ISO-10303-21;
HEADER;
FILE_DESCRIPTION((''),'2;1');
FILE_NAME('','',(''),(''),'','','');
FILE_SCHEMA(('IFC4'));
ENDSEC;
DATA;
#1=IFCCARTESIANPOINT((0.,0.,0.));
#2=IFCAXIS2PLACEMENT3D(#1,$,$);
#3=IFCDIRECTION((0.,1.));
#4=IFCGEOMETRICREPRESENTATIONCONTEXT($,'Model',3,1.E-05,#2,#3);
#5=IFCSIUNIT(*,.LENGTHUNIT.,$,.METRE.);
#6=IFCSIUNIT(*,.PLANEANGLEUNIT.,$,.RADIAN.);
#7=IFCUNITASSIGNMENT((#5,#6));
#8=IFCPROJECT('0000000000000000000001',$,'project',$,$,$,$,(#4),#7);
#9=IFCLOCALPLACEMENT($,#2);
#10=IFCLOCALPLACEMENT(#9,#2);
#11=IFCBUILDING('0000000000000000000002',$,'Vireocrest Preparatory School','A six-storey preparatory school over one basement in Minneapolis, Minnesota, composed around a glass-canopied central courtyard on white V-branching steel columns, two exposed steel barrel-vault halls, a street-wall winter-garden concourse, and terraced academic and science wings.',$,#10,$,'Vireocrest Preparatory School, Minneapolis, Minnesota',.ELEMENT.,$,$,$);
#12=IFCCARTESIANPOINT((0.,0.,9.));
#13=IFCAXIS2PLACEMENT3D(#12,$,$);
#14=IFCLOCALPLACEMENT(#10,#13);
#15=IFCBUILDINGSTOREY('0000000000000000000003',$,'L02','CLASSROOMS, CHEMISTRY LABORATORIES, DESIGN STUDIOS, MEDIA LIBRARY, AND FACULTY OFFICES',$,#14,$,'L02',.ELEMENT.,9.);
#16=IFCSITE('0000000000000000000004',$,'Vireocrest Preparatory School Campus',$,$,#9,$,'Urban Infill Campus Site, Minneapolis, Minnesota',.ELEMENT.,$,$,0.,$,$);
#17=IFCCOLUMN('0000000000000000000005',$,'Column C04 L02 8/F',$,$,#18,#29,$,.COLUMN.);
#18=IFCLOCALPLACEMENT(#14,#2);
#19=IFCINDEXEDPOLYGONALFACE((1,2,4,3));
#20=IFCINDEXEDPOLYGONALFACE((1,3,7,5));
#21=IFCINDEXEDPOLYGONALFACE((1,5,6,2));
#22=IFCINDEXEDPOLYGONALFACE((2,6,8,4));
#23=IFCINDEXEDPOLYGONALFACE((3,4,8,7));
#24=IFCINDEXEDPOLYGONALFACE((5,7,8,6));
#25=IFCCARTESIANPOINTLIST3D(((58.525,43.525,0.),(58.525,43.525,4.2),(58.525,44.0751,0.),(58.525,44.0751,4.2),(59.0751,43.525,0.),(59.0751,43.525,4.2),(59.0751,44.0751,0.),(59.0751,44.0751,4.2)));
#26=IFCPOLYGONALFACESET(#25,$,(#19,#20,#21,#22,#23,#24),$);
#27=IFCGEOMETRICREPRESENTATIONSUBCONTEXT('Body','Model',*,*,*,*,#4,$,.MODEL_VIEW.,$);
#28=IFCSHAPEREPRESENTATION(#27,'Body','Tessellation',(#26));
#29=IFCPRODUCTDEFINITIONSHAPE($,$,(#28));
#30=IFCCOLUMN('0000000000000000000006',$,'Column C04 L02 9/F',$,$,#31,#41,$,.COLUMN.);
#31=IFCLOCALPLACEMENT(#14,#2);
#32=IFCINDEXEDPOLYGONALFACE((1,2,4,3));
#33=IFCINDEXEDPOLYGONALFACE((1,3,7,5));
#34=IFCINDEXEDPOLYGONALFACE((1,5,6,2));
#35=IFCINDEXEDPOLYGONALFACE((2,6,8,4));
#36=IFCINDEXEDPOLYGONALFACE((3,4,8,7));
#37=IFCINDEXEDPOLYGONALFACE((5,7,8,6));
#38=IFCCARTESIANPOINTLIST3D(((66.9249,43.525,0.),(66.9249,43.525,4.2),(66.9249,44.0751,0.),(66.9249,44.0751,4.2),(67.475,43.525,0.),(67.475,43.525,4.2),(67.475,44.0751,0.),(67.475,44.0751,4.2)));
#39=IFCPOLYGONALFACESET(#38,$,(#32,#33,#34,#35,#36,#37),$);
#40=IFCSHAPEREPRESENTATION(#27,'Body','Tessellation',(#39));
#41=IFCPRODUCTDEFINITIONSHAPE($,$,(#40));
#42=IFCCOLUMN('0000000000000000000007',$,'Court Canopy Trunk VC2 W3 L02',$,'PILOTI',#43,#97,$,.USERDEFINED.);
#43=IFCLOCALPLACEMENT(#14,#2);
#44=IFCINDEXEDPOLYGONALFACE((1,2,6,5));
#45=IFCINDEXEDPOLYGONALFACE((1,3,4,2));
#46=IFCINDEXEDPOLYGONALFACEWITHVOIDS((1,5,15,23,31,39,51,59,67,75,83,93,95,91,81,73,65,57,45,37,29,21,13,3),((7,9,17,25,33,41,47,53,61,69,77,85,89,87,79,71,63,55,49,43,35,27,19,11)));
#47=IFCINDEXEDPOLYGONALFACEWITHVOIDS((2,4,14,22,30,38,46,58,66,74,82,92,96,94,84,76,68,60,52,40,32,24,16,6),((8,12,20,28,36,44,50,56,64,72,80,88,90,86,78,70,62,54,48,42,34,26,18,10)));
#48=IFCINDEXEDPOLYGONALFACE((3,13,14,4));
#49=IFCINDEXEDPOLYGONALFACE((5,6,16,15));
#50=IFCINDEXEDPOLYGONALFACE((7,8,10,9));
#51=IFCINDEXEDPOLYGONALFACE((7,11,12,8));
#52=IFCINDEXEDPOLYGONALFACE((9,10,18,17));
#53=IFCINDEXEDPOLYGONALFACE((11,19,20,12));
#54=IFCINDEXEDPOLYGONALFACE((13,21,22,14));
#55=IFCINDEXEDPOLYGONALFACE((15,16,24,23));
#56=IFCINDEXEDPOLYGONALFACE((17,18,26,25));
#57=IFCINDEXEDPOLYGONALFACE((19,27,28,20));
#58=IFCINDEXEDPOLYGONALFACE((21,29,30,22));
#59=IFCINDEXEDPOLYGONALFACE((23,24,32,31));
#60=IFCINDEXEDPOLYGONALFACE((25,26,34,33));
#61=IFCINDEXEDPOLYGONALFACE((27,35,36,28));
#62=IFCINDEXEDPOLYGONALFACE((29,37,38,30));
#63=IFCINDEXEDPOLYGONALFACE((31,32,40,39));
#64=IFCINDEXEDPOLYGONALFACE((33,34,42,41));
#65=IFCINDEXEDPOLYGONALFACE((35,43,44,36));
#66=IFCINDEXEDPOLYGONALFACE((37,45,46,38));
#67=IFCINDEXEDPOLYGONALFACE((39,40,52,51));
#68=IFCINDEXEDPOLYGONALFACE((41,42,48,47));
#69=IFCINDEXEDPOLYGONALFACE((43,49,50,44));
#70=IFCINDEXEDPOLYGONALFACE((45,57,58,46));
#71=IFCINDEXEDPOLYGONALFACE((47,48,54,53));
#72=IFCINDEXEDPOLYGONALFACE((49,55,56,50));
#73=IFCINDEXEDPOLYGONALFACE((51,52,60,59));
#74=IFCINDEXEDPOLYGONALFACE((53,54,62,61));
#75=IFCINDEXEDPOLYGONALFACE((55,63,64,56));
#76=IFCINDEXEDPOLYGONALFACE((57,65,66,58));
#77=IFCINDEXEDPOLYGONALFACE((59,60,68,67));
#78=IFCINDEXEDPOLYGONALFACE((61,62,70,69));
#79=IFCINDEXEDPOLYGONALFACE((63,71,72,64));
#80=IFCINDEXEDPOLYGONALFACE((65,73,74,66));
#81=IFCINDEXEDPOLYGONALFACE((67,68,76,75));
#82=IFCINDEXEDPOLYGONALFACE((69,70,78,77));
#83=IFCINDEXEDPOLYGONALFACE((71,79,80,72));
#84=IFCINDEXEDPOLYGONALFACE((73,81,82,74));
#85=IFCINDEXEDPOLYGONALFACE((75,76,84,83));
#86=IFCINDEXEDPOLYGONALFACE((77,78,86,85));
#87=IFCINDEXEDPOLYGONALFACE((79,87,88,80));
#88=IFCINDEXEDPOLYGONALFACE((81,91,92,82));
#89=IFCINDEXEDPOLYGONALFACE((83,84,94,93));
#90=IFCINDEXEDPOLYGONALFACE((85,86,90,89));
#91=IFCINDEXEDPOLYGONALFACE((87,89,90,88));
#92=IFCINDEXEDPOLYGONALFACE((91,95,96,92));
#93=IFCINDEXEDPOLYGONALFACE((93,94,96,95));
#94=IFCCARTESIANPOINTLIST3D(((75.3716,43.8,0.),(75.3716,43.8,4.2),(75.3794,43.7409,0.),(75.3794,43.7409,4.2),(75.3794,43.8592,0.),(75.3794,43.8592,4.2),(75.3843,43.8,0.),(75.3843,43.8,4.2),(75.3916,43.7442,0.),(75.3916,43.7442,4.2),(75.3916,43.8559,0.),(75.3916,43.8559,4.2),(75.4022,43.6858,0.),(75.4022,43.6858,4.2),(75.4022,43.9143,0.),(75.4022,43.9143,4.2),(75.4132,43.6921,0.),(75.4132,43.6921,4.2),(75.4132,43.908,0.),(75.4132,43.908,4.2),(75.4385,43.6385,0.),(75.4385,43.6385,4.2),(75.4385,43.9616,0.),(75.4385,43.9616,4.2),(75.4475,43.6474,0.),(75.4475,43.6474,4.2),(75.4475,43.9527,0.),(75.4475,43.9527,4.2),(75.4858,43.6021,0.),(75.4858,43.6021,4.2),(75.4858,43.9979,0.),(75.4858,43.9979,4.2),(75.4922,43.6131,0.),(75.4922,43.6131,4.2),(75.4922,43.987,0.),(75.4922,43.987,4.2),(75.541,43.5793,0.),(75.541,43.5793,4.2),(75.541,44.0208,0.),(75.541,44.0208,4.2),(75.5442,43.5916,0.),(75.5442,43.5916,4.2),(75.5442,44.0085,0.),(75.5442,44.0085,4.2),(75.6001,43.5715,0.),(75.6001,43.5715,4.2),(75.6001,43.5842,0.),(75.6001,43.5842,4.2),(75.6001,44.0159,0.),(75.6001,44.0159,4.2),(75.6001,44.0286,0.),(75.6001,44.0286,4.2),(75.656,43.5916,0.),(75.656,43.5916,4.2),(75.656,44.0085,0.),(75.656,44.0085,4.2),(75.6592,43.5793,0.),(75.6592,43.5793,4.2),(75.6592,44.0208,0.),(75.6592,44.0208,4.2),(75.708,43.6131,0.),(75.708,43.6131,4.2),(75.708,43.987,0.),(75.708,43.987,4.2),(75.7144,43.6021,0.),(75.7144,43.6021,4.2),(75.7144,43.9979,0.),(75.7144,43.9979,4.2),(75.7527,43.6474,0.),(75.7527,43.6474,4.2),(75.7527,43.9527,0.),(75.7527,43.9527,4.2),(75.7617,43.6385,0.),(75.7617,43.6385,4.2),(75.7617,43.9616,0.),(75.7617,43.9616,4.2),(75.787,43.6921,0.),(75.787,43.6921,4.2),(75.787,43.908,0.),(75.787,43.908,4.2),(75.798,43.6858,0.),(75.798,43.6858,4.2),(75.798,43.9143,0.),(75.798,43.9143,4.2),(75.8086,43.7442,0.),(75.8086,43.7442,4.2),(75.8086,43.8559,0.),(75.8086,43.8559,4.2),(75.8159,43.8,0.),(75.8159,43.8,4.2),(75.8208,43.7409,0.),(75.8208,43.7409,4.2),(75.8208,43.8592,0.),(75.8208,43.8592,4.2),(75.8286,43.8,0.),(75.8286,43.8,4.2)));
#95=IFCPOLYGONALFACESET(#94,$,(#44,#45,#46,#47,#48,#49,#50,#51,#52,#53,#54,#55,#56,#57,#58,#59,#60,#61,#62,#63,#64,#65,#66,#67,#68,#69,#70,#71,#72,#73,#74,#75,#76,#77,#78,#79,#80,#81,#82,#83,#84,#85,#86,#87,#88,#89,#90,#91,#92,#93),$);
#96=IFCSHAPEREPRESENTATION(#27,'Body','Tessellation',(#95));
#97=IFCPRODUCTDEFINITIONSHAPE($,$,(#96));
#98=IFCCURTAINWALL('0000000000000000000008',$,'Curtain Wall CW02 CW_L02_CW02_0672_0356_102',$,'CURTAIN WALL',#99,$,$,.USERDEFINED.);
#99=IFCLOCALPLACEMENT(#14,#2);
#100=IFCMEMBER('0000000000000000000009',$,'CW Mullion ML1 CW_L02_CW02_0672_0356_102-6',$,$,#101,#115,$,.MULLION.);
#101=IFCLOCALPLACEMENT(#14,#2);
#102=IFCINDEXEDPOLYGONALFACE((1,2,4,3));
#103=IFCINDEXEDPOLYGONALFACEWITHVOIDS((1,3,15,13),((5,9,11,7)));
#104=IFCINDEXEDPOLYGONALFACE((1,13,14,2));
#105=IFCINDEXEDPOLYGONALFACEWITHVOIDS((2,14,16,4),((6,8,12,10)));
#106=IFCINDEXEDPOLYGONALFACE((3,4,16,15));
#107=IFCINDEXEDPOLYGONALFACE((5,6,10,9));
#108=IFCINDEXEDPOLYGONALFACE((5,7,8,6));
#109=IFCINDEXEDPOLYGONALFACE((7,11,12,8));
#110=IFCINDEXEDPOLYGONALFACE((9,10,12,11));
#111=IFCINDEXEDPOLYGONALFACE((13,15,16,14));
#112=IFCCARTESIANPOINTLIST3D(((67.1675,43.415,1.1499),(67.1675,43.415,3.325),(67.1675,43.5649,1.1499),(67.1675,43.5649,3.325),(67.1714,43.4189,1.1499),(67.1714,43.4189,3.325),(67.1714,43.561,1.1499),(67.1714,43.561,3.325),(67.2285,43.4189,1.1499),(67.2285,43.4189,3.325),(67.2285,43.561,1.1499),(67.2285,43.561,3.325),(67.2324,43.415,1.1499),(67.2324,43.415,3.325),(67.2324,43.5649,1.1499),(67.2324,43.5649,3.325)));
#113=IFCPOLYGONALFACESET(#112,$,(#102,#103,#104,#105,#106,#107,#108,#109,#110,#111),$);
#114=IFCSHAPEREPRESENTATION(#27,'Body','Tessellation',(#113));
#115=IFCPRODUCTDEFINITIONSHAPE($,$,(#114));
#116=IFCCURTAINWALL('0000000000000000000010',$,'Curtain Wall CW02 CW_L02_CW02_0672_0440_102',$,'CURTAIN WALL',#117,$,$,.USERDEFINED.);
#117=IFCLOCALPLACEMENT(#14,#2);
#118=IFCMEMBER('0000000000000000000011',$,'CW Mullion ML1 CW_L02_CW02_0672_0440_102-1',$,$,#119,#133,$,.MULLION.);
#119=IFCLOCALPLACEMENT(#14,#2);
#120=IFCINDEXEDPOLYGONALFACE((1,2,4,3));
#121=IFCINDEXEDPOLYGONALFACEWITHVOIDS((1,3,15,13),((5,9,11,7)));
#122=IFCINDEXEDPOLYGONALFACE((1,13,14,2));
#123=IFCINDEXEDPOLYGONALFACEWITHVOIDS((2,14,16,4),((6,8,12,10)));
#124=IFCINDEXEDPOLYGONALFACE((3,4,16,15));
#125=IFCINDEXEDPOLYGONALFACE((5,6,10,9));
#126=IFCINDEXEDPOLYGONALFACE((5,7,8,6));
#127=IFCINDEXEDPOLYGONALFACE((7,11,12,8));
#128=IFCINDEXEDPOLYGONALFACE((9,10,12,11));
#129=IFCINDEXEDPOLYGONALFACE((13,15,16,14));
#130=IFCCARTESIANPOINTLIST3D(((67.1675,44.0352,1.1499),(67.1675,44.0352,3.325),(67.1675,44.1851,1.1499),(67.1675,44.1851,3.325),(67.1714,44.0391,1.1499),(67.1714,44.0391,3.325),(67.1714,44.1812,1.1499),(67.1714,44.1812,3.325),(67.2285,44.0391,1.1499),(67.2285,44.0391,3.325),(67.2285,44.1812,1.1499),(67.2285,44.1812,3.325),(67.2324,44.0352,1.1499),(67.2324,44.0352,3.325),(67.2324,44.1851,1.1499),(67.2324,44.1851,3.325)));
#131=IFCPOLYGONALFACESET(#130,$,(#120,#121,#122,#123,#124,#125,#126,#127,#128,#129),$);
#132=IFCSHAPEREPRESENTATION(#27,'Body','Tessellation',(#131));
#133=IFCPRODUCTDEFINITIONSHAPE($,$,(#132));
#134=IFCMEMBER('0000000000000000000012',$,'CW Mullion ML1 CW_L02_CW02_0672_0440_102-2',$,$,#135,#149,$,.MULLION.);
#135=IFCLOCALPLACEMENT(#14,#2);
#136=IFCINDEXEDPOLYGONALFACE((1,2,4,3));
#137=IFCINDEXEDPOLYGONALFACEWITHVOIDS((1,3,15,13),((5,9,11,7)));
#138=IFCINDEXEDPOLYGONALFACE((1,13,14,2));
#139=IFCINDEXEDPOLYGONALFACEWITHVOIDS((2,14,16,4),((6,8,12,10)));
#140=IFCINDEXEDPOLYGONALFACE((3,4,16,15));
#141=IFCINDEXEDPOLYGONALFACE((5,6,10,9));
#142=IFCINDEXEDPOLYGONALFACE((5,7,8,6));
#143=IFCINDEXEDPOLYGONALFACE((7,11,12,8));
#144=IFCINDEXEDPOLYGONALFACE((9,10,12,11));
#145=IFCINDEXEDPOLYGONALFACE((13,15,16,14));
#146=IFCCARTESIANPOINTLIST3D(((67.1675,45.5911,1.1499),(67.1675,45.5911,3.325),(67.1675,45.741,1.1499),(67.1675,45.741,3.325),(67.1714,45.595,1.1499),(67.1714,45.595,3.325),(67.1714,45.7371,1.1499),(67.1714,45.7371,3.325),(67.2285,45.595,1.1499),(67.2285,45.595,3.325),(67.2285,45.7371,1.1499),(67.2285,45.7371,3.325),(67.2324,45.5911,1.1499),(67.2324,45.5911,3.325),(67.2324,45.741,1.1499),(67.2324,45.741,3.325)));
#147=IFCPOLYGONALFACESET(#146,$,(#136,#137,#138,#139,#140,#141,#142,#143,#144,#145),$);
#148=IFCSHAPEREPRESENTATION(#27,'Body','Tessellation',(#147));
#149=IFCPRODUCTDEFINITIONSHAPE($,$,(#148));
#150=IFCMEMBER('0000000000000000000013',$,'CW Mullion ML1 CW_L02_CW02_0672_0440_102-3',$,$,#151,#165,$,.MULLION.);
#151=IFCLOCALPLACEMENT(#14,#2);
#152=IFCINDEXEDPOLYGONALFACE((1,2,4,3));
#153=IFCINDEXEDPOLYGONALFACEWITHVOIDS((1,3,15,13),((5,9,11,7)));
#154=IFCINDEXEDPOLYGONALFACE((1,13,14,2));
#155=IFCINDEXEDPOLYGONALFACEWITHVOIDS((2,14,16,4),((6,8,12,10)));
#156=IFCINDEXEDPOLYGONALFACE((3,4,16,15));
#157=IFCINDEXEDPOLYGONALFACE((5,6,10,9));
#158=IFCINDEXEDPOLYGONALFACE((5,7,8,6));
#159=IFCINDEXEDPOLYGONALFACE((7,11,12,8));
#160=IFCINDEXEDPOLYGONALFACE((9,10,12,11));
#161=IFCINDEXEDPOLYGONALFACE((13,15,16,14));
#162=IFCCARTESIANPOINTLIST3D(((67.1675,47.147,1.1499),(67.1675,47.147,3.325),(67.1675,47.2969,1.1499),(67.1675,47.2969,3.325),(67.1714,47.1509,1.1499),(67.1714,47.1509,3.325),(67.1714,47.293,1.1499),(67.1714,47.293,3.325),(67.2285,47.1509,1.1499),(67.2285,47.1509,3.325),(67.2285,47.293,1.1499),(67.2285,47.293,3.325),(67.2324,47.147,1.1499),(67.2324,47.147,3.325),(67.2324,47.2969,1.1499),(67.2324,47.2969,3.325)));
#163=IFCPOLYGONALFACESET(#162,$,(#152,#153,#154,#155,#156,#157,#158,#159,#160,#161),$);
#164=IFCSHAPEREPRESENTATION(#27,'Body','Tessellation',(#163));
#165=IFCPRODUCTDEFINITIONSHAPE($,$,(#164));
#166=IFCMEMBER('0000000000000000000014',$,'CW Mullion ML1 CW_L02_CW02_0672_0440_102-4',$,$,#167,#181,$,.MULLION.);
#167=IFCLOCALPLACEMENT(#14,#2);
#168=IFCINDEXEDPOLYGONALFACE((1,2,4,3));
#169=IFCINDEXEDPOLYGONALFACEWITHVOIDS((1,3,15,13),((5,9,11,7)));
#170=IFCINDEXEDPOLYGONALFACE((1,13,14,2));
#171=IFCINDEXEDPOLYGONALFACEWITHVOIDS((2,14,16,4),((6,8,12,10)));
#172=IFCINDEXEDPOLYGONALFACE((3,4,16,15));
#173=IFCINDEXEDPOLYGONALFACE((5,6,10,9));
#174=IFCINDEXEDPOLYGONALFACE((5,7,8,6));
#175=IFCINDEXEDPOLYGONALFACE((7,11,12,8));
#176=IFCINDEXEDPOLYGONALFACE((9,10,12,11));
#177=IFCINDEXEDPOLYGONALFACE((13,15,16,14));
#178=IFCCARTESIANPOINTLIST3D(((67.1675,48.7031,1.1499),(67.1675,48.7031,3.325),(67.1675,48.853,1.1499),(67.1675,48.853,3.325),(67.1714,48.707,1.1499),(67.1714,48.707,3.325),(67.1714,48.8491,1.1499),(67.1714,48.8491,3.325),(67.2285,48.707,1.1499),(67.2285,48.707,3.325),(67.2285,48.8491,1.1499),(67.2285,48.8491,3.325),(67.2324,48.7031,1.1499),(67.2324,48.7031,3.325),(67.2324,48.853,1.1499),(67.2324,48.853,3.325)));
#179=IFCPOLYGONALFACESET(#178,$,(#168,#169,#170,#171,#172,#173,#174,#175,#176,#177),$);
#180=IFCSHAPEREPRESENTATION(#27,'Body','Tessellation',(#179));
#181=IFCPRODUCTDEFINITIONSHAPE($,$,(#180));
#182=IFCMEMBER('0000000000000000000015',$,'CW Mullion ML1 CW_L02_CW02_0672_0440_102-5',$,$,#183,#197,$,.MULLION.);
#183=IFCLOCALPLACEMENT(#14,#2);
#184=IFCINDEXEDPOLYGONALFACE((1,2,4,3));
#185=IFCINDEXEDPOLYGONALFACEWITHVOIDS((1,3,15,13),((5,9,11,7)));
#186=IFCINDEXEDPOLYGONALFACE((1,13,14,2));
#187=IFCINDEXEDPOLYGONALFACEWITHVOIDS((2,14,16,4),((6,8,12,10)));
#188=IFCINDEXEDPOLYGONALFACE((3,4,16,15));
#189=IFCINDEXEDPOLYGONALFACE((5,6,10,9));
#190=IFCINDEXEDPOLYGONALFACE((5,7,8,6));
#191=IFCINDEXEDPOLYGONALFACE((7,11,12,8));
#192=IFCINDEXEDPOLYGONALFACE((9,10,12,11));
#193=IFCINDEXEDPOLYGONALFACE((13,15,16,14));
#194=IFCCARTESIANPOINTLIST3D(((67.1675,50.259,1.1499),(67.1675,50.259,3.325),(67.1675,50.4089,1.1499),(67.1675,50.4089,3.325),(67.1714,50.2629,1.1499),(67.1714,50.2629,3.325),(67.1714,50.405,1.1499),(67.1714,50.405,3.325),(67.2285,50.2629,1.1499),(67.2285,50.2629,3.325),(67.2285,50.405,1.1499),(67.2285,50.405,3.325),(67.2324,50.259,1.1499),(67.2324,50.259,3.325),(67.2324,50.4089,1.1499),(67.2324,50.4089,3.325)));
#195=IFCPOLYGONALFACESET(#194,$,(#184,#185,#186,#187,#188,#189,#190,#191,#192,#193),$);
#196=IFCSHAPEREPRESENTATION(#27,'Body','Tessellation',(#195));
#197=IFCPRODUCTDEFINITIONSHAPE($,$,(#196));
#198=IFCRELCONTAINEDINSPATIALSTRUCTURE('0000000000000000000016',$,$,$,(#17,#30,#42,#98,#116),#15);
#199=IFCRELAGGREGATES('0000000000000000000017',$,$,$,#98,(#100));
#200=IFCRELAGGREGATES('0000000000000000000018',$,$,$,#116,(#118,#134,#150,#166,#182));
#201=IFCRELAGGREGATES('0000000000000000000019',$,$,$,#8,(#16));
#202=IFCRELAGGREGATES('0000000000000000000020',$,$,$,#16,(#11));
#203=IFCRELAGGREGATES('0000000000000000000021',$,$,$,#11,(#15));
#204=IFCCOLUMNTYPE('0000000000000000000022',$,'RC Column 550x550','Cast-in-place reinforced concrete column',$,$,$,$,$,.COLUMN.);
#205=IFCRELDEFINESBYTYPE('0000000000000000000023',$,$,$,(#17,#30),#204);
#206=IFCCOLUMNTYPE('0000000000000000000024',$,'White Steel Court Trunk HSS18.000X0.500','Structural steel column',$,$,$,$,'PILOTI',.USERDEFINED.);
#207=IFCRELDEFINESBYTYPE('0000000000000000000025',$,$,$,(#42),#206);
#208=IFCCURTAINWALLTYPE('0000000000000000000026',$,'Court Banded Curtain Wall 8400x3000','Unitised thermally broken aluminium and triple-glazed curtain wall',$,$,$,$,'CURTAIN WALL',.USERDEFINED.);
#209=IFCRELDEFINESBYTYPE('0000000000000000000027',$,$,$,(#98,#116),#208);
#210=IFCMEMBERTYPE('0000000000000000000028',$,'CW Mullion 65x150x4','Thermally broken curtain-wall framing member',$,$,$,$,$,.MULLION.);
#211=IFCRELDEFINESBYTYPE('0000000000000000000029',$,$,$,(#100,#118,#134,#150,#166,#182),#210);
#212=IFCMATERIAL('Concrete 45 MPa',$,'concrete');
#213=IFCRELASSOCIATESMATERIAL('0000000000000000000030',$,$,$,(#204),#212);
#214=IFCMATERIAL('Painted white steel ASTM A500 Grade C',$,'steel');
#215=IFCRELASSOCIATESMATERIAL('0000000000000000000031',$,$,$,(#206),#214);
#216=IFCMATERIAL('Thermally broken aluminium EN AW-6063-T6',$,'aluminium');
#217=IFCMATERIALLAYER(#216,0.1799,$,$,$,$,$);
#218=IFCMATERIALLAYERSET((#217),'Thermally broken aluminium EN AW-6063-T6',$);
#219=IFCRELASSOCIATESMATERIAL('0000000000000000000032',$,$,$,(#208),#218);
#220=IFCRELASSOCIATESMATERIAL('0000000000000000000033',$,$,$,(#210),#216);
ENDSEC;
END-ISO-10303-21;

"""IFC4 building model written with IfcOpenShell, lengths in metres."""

from ifc_helpers import new_model, si_unit, direction, frame, origin, origin_2d, place, context, subcontext, project, spatial, rectangle, hollow_rectangle, hollow_circle, extrude, material, layer, layer_set, material_profile, profile_set, type_object, element, aggregate, save


model = new_model("IFC4")

# Units and contexts
model_context = context("Model", 3, precision=1e-05, world=origin(), true_north=direction((0.0, 1.0)))
body_context = subcontext(model_context, "Body", "Model", "MODEL_VIEW")
ifc_project = project(units=[si_unit("LENGTHUNIT", "METRE"), si_unit("PLANEANGLEUNIT", "RADIAN")], contexts=[model_context])

# Site, building, storey
site_placement = place(None, origin())
site = spatial("IfcSite", under=ifc_project, at=site_placement, Name="Vireocrest Preparatory School Campus", LongName="Urban Infill Campus Site, Minneapolis, Minnesota", CompositionType="ELEMENT", RefElevation=0.0)
building_placement = place(site_placement, origin())
building = spatial("IfcBuilding", under=site, at=building_placement, Name="Vireocrest Preparatory School", Description="A six-storey preparatory school over one basement in Minneapolis, Minnesota, composed around a glass-canopied central courtyard on white V-branching steel columns, two exposed steel barrel-vault halls, a street-wall winter-garden concourse, and terraced academic and science wings.", LongName="Vireocrest Preparatory School, Minneapolis, Minnesota", CompositionType="ELEMENT")
storey_placement = place(building_placement, frame((0.0, 0.0, 9.0)))
storey = spatial("IfcBuildingStorey", under=building, at=storey_placement, Name="L02", Description="CLASSROOMS, CHEMISTRY LABORATORIES, DESIGN STUDIOS, MEDIA LIBRARY, AND FACULTY OFFICES", LongName="L02", CompositionType="ELEMENT", Elevation=9.0)

# Columns
ifc_material_1 = material(Name="Concrete 45 MPa", Category="concrete")
ifc_material_profile_1 = material_profile(ifc_material_1, rectangle(XDim=0.55, YDim=0.55, at=origin_2d()), Name="RC 550x550")
ifc_profile_set_1 = profile_set([ifc_material_profile_1], Name="Concrete 45 MPa")
column_type_1 = type_object("IfcColumnType", Name="RC Column 550x550", Description="Cast-in-place reinforced concrete column", PredefinedType="COLUMN", material=ifc_profile_set_1)
for number, where, z_axis, x_axis, name in (
    (1, (58.8, 43.8, 0.0), (0.0, 0.0, 1.0), (1.0, 0.0, 0.0), "Column C04 L02 8/F"),
    (2, (67.2, 43.8, 0.0), (0.0, 0.0, 1.0), (1.0, 0.0, 0.0), "Column C04 L02 9/F"),
):
    element("IfcColumn", number, at=place(storey_placement, frame(where, z_axis=z_axis, x_axis=x_axis)), inside=storey, type_object=column_type_1, Name=name, PredefinedType="COLUMN", context=body_context, shape_type="SweptSolid", body=[
        extrude(rectangle(XDim=0.55, YDim=0.55, at=origin_2d()), origin(), (0.0, 0.0, 1.0), 4.2),
    ])
ifc_material_2 = material(Name="Painted white steel ASTM A500 Grade C", Category="steel")
ifc_material_profile_2 = material_profile(ifc_material_2, hollow_circle(Radius=0.2285, WallThickness=0.0127, at=origin_2d()), Name="HSS18.000X0.500")
ifc_profile_set_2 = profile_set([ifc_material_profile_2], Name="Painted white steel ASTM A500 Grade C")
column_type_2 = type_object("IfcColumnType", Name="White Steel Court Trunk HSS18.000X0.500", Description="Structural steel column", ElementType="PILOTI", PredefinedType="USERDEFINED", material=ifc_profile_set_2)
column_placement = place(storey_placement, frame((75.6001, 43.8, 0.0), z_axis=(0.0, 0.0, 1.0), x_axis=(1.0, 0.0, 0.0)))
element("IfcColumn", 3, at=column_placement, inside=storey, type_object=column_type_2, Name="Court Canopy Trunk VC2 W3 L02", ObjectType="PILOTI", PredefinedType="USERDEFINED", context=body_context, shape_type="SweptSolid", body=[
    extrude(hollow_circle(Radius=0.2285, WallThickness=0.0127, at=origin_2d()), origin(), (0.0, 0.0, 1.0), 4.2),
])

# Curtain wall, member
ifc_material_3 = material(Name="Thermally broken aluminium EN AW-6063-T6", Category="aluminium")
ifc_layer_1 = layer(ifc_material_3, 0.1799)
ifc_layer_set_1 = layer_set([ifc_layer_1], Name="Thermally broken aluminium EN AW-6063-T6")
curtain_wall_type = type_object("IfcCurtainWallType", Name="Court Banded Curtain Wall 8400x3000", Description="Unitised thermally broken aluminium and triple-glazed curtain wall", ElementType="CURTAIN WALL", PredefinedType="USERDEFINED", material=ifc_layer_set_1)
curtain_wall_1_placement = place(storey_placement, origin())
curtain_wall_1 = element("IfcCurtainWall", 4, at=curtain_wall_1_placement, inside=storey, type_object=curtain_wall_type, Name="Curtain Wall CW02 CW_L02_CW02_0672_0356_102", ObjectType="CURTAIN WALL", PredefinedType="USERDEFINED")
ifc_material_profile_3 = material_profile(ifc_material_3, hollow_rectangle(XDim=0.0649, YDim=0.1499, WallThickness=0.0039, at=origin_2d()), Name="ALU 65x150x4")
ifc_profile_set_3 = profile_set([ifc_material_profile_3], Name="Thermally broken aluminium EN AW-6063-T6")
member_type_1 = type_object("IfcMemberType", Name="CW Mullion 65x150x4", Description="Thermally broken curtain-wall framing member", PredefinedType="MULLION", material=ifc_profile_set_3)
member_1_placement = place(storey_placement, frame((67.2, 43.49, 1.1499), z_axis=(0.0, 0.0, 1.0), x_axis=(1.0, 0.0, 0.0)))
member_1 = element("IfcMember", 5, at=member_1_placement, type_object=member_type_1, Name="CW Mullion ML1 CW_L02_CW02_0672_0356_102-6", PredefinedType="MULLION", context=body_context, shape_type="SweptSolid", body=[
    extrude(hollow_rectangle(XDim=0.0649, YDim=0.1499, WallThickness=0.0039, at=origin_2d()), origin(), (0.0, 0.0, 1.0), 2.175),
])

# Curtain wall, members
curtain_wall_2_placement = place(storey_placement, origin())
curtain_wall_2 = element("IfcCurtainWall", 6, at=curtain_wall_2_placement, inside=storey, type_object=curtain_wall_type, Name="Curtain Wall CW02 CW_L02_CW02_0672_0440_102", ObjectType="CURTAIN WALL", PredefinedType="USERDEFINED")
member_2_placement = place(storey_placement, frame((67.2, 44.1101, 1.1499), z_axis=(0.0, 0.0, 1.0), x_axis=(1.0, 0.0, 0.0)))
member_2 = element("IfcMember", 7, at=member_2_placement, type_object=member_type_1, Name="CW Mullion ML1 CW_L02_CW02_0672_0440_102-1", PredefinedType="MULLION", context=body_context, shape_type="SweptSolid", body=[
    extrude(hollow_rectangle(XDim=0.0649, YDim=0.1499, WallThickness=0.0039, at=origin_2d()), origin(), (0.0, 0.0, 1.0), 2.175),
])
member_3_placement = place(storey_placement, frame((67.2, 45.666, 1.1499), z_axis=(0.0, 0.0, 1.0), x_axis=(1.0, 0.0, 0.0)))
member_3 = element("IfcMember", 8, at=member_3_placement, type_object=member_type_1, Name="CW Mullion ML1 CW_L02_CW02_0672_0440_102-2", PredefinedType="MULLION", context=body_context, shape_type="SweptSolid", body=[
    extrude(hollow_rectangle(XDim=0.0649, YDim=0.1499, WallThickness=0.0039, at=origin_2d()), origin(), (0.0, 0.0, 1.0), 2.175),
])
member_4_placement = place(storey_placement, frame((67.2, 47.2219, 1.1499), z_axis=(0.0, 0.0, 1.0), x_axis=(1.0, 0.0, 0.0)))
member_4 = element("IfcMember", 9, at=member_4_placement, type_object=member_type_1, Name="CW Mullion ML1 CW_L02_CW02_0672_0440_102-3", PredefinedType="MULLION", context=body_context, shape_type="SweptSolid", body=[
    extrude(hollow_rectangle(XDim=0.0649, YDim=0.1499, WallThickness=0.0039, at=origin_2d()), origin(), (0.0, 0.0, 1.0), 2.175),
])
member_5_placement = place(storey_placement, frame((67.2, 48.7781, 1.1499), z_axis=(0.0, 0.0, 1.0), x_axis=(1.0, 0.0, 0.0)))
member_5 = element("IfcMember", 10, at=member_5_placement, type_object=member_type_1, Name="CW Mullion ML1 CW_L02_CW02_0672_0440_102-4", PredefinedType="MULLION", context=body_context, shape_type="SweptSolid", body=[
    extrude(hollow_rectangle(XDim=0.0649, YDim=0.1499, WallThickness=0.0039, at=origin_2d()), origin(), (0.0, 0.0, 1.0), 2.175),
])
member_6_placement = place(storey_placement, frame((67.2, 50.334, 1.1499), z_axis=(0.0, 0.0, 1.0), x_axis=(1.0, 0.0, 0.0)))
member_6 = element("IfcMember", 11, at=member_6_placement, type_object=member_type_1, Name="CW Mullion ML1 CW_L02_CW02_0672_0440_102-5", PredefinedType="MULLION", context=body_context, shape_type="SweptSolid", body=[
    extrude(hollow_rectangle(XDim=0.0649, YDim=0.1499, WallThickness=0.0039, at=origin_2d()), origin(), (0.0, 0.0, 1.0), 2.175),
])

aggregate(curtain_wall_1, [member_1])
aggregate(curtain_wall_2, [member_2, member_3, member_4, member_5, member_6])

save(model, "model.ifc")
